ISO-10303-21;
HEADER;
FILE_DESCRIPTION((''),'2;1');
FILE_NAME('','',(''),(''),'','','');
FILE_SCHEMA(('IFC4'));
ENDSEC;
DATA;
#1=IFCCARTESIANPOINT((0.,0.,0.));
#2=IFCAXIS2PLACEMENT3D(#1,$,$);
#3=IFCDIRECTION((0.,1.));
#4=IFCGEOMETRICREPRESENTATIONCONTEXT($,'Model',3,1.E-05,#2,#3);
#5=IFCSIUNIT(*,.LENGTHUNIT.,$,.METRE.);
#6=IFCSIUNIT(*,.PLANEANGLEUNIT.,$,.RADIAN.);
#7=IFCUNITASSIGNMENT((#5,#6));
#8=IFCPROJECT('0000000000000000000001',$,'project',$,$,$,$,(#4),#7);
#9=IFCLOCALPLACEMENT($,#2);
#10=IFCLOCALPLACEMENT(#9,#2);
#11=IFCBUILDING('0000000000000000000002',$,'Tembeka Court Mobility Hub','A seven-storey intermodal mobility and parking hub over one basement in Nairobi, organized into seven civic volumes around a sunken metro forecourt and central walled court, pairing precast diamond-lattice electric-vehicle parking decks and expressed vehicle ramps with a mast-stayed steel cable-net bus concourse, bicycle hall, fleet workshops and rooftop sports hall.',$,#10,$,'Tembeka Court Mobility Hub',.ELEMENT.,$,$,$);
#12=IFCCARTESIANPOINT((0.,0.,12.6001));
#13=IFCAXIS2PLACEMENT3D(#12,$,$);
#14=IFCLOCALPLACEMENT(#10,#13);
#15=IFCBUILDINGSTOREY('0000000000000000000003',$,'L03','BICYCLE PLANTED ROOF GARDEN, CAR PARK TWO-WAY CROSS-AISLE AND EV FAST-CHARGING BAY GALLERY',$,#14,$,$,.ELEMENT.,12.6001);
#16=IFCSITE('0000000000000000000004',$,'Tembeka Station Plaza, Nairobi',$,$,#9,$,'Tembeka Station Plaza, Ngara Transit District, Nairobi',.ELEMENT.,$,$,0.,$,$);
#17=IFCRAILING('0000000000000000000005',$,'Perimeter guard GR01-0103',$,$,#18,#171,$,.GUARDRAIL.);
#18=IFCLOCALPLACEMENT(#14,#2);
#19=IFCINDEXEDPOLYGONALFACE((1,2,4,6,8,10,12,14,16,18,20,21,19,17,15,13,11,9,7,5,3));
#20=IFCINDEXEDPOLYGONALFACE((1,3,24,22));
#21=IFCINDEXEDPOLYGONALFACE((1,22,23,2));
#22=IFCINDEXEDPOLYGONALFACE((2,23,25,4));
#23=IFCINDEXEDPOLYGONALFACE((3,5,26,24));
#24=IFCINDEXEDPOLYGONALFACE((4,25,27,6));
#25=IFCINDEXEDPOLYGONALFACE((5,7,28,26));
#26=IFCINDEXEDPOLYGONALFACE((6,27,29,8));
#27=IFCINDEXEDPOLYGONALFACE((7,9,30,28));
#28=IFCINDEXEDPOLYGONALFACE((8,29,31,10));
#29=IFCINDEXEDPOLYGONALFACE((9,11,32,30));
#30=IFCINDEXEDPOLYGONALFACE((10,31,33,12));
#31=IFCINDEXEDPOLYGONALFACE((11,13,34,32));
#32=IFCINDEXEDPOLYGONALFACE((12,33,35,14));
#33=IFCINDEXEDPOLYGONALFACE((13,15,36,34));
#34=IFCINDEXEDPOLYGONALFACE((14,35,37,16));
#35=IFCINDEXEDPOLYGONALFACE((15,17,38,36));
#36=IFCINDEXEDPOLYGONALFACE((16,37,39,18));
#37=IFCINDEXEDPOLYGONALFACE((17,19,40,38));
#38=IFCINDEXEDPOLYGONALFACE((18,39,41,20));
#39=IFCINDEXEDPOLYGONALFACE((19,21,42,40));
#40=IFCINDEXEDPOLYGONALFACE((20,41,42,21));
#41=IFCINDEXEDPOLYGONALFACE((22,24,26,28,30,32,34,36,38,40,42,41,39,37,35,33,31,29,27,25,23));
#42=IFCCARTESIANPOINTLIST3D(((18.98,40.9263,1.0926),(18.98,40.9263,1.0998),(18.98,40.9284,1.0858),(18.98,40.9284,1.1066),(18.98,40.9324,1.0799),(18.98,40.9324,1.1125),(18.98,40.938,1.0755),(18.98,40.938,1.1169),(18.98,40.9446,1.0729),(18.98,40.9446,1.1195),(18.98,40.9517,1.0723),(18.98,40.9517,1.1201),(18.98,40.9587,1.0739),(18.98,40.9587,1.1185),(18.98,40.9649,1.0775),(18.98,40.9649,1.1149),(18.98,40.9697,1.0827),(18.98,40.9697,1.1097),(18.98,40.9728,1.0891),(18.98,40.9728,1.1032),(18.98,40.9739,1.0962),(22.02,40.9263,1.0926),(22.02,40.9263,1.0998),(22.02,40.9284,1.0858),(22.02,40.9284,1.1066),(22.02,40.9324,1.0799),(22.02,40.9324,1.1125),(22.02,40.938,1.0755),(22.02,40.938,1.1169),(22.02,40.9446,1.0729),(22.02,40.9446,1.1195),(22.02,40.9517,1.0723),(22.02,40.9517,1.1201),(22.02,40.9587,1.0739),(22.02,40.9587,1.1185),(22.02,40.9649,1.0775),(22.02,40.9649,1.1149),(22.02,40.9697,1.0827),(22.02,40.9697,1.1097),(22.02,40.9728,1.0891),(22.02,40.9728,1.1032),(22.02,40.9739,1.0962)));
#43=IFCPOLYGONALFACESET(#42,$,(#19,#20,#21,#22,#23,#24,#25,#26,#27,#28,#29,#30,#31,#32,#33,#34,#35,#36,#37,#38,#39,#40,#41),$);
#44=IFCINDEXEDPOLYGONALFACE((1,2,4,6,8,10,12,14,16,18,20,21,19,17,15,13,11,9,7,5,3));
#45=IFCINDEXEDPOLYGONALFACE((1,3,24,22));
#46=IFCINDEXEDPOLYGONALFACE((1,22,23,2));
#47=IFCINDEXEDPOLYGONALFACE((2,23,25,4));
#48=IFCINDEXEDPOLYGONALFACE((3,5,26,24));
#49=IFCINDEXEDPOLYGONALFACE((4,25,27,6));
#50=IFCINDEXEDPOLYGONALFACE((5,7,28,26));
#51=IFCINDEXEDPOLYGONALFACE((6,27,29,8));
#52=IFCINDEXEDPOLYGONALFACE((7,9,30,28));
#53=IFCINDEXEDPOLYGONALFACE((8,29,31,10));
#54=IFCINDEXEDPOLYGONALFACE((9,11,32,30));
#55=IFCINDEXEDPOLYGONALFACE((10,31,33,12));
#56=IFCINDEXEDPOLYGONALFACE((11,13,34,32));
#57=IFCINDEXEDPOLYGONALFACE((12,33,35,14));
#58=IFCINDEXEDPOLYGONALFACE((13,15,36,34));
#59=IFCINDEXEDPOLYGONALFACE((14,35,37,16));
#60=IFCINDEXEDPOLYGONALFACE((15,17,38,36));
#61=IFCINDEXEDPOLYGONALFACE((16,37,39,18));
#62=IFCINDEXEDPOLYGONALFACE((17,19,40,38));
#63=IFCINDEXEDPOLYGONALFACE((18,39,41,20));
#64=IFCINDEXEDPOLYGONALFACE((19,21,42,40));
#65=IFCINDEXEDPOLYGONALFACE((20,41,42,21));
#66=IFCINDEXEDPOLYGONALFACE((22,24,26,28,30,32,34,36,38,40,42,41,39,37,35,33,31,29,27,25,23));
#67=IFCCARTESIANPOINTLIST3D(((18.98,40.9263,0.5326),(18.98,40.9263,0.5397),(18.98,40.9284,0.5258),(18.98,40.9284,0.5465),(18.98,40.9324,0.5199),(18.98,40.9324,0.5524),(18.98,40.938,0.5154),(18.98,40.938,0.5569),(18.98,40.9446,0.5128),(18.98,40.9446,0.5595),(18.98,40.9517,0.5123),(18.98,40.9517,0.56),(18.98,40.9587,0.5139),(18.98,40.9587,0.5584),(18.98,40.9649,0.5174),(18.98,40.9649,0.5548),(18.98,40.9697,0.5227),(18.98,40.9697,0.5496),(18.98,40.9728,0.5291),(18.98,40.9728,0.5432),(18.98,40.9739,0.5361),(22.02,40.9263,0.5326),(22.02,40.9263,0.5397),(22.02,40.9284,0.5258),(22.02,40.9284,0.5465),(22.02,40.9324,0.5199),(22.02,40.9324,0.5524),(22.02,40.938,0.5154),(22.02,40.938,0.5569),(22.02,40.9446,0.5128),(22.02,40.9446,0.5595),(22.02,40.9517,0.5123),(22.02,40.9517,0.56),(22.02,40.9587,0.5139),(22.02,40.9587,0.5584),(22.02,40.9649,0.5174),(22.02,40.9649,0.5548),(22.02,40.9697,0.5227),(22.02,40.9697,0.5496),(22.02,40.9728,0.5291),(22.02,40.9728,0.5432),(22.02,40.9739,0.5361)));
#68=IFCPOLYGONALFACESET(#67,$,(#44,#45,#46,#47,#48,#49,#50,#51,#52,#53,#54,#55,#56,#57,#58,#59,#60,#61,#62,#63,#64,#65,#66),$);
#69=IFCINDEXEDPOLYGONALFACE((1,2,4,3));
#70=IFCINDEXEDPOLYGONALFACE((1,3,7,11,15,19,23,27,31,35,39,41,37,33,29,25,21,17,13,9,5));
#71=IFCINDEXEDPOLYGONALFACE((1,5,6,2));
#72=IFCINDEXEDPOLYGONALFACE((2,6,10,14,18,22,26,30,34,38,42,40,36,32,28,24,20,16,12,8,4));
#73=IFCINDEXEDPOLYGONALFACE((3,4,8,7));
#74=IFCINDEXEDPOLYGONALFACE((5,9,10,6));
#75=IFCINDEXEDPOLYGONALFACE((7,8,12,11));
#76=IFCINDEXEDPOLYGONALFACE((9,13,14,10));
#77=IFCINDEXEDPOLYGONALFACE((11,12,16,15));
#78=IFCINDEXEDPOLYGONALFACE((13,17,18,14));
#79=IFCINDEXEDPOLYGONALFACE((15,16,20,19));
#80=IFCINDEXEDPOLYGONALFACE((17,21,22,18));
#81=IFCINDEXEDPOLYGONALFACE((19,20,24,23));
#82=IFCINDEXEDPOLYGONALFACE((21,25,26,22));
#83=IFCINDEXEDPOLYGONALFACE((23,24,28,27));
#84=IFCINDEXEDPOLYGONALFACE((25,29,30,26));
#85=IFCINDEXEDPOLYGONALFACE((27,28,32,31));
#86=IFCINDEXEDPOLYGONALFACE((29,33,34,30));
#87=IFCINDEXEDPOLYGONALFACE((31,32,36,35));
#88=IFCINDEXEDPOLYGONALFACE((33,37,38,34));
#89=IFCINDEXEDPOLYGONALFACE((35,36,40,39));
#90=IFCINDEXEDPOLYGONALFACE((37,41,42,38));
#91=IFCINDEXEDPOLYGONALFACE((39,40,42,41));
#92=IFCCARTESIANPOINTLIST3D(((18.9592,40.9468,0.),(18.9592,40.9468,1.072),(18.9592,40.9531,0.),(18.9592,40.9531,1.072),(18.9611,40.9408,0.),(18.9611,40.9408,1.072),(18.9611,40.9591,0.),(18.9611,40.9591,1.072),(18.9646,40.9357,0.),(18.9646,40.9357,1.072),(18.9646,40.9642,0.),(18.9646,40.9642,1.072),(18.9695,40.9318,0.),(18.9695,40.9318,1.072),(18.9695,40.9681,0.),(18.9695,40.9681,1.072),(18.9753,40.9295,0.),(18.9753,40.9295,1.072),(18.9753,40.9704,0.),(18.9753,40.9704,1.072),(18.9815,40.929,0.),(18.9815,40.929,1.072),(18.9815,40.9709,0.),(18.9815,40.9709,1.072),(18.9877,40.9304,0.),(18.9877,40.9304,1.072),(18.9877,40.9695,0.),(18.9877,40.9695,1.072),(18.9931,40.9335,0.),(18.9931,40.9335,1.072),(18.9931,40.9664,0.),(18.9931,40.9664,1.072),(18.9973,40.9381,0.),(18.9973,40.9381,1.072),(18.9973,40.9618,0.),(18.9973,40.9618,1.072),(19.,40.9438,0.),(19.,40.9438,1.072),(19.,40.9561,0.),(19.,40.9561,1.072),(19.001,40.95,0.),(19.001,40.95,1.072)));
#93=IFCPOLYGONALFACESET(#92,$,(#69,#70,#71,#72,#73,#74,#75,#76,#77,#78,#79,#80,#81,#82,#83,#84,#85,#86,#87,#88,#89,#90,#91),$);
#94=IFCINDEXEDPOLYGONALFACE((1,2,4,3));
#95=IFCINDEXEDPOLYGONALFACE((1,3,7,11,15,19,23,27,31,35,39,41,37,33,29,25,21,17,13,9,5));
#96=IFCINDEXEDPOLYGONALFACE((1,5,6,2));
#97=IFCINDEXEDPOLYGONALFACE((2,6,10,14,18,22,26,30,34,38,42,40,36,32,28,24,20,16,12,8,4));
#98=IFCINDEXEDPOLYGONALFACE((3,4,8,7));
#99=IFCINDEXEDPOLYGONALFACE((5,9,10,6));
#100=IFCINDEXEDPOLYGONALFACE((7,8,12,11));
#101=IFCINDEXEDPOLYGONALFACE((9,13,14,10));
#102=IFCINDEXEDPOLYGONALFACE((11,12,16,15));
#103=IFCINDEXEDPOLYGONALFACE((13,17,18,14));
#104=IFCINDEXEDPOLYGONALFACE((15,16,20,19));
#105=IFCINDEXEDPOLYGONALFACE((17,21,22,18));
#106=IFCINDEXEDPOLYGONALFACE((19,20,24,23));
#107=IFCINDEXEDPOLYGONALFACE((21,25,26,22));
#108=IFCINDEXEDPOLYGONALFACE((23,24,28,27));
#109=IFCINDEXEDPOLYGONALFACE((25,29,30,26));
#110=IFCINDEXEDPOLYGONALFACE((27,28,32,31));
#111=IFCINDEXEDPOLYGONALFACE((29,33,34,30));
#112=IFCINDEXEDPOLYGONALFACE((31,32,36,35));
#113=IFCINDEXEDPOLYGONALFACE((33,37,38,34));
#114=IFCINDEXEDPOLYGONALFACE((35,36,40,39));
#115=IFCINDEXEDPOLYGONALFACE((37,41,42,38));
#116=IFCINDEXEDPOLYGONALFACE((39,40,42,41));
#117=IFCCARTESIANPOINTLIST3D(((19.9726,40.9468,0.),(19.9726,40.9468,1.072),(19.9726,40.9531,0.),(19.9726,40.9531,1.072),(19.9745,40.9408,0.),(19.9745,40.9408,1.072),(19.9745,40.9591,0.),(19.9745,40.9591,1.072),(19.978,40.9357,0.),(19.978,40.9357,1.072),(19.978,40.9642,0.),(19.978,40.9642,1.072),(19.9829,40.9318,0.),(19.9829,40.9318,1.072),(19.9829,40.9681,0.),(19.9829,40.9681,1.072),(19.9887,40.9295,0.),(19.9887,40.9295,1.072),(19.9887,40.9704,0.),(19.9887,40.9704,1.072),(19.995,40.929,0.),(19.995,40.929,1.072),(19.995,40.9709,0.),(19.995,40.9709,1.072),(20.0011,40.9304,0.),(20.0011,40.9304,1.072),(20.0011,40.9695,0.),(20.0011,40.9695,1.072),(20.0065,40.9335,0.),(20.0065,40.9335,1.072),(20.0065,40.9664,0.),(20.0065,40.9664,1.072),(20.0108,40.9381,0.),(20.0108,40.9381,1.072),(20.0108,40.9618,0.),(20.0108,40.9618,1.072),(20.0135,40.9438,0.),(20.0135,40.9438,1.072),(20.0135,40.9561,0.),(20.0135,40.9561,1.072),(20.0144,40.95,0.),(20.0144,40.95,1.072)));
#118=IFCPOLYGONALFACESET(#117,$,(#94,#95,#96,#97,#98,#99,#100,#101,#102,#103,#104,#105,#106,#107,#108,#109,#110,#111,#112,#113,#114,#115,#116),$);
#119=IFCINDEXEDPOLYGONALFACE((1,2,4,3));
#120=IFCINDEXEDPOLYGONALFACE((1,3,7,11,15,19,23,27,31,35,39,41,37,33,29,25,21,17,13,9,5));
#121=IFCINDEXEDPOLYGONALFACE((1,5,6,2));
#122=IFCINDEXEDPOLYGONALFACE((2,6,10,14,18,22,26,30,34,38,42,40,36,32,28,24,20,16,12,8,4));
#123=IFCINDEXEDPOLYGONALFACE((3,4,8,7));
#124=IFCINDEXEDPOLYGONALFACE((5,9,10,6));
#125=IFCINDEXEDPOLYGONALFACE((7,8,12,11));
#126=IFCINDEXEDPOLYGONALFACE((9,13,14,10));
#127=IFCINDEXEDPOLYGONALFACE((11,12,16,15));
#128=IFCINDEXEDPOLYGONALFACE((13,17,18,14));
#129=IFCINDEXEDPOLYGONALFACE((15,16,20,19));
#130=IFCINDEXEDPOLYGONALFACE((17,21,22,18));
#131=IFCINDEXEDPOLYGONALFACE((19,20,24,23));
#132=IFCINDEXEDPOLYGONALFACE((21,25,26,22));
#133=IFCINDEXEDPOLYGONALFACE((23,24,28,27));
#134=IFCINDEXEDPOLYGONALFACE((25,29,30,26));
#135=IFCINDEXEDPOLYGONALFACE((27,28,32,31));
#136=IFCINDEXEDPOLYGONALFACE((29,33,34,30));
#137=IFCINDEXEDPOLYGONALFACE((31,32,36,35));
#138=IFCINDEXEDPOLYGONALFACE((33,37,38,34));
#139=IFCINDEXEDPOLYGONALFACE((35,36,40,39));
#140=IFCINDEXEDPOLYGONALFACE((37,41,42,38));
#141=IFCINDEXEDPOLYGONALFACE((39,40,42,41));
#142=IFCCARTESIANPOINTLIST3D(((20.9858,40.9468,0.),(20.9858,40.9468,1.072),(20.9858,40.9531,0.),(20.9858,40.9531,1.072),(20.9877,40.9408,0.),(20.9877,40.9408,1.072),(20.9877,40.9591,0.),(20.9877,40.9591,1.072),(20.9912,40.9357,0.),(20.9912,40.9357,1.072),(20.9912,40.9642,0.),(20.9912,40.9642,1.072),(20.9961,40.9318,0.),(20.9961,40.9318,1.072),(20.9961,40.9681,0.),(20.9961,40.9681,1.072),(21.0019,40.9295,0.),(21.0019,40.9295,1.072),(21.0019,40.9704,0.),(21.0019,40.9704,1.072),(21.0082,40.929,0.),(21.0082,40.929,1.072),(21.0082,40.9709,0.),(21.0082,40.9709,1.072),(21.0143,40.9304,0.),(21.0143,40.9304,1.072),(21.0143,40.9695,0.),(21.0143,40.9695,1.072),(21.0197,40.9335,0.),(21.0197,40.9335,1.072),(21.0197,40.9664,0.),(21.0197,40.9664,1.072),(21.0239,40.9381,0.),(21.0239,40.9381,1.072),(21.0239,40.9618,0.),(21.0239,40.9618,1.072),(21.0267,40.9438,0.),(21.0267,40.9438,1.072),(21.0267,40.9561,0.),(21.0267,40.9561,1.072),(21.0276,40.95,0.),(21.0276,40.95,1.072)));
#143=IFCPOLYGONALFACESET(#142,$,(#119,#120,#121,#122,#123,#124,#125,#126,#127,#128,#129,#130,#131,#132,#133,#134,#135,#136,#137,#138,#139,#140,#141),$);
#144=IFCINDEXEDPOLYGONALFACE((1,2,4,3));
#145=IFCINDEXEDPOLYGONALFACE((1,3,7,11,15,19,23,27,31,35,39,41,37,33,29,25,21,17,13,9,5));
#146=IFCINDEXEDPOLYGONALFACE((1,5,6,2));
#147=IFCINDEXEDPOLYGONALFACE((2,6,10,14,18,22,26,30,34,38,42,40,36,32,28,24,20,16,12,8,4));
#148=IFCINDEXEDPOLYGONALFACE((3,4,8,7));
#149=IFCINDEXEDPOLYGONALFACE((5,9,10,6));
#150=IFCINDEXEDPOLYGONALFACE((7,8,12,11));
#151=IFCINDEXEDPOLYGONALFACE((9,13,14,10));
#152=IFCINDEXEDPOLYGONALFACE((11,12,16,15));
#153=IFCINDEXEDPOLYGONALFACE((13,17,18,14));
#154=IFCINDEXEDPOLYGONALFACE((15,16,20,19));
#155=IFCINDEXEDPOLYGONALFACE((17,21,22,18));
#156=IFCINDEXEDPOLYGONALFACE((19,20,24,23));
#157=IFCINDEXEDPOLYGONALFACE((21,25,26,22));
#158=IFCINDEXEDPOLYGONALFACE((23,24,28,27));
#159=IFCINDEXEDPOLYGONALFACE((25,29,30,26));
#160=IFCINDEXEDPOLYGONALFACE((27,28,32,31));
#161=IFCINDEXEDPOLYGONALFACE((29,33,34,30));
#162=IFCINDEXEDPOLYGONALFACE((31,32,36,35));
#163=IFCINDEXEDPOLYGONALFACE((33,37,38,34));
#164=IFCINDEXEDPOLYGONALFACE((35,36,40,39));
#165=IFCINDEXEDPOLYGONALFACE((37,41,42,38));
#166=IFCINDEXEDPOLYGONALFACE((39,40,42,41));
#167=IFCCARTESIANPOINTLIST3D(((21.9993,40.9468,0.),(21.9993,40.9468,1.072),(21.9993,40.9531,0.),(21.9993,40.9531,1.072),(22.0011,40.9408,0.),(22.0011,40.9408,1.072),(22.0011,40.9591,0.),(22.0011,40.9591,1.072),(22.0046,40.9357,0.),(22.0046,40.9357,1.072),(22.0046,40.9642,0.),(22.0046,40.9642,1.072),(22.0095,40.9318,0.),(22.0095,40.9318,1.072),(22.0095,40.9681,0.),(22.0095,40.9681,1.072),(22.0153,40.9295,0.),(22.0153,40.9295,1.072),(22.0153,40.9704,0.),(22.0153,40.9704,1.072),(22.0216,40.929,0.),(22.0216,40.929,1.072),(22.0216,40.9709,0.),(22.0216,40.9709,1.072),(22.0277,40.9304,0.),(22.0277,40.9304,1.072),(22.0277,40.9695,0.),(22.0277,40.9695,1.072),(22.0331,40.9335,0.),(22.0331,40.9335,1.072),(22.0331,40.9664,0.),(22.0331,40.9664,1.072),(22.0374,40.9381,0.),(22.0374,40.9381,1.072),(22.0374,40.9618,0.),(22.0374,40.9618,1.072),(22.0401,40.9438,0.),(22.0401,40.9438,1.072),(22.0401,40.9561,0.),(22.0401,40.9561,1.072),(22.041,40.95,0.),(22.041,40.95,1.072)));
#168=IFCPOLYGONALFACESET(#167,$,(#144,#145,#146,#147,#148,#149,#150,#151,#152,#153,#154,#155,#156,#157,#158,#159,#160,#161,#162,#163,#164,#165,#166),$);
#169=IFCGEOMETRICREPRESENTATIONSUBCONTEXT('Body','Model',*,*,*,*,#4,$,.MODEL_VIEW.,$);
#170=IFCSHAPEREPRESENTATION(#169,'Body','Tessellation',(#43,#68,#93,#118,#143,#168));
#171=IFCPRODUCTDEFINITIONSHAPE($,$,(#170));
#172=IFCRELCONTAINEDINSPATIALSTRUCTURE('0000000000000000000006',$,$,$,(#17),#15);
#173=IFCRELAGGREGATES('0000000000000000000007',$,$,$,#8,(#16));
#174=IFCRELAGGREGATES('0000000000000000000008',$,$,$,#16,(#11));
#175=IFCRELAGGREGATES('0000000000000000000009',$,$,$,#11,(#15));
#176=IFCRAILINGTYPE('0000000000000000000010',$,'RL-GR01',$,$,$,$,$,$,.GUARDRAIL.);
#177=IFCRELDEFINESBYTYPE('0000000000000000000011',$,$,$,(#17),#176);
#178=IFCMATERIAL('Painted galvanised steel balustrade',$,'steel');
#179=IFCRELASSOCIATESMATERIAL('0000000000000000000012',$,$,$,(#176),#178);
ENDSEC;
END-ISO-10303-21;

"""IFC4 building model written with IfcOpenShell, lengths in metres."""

from ifc_helpers import new_model, si_unit, direction, frame, origin, origin_2d, place, context, subcontext, project, spatial, circle, extrude, material, type_object, element, save


model = new_model("IFC4")

# Units and contexts
model_context = context("Model", 3, precision=1e-05, world=origin(), true_north=direction((0.0, 1.0)))
body_context = subcontext(model_context, "Body", "Model", "MODEL_VIEW")
ifc_project = project(units=[si_unit("LENGTHUNIT", "METRE"), si_unit("PLANEANGLEUNIT", "RADIAN")], contexts=[model_context])

# Site, building, storey
site_placement = place(None, origin())
site = spatial("IfcSite", under=ifc_project, at=site_placement, Name="Tembeka Station Plaza, Nairobi", LongName="Tembeka Station Plaza, Ngara Transit District, Nairobi", CompositionType="ELEMENT", RefElevation=0.0)
building_placement = place(site_placement, origin())
building = spatial("IfcBuilding", under=site, at=building_placement, Name="Tembeka Court Mobility Hub", Description="A seven-storey intermodal mobility and parking hub over one basement in Nairobi, organized into seven civic volumes around a sunken metro forecourt and central walled court, pairing precast diamond-lattice electric-vehicle parking decks and expressed vehicle ramps with a mast-stayed steel cable-net bus concourse, bicycle hall, fleet workshops and rooftop sports hall.", LongName="Tembeka Court Mobility Hub", CompositionType="ELEMENT")
storey_placement = place(building_placement, frame((0.0, 0.0, 12.6001)))
storey = spatial("IfcBuildingStorey", under=building, at=storey_placement, Name="L03", Description="BICYCLE PLANTED ROOF GARDEN, CAR PARK TWO-WAY CROSS-AISLE AND EV FAST-CHARGING BAY GALLERY", CompositionType="ELEMENT", Elevation=12.6001)

# Railing
ifc_material_1 = material(Name="Painted galvanised steel balustrade", Category="steel")
railing_type_1 = type_object("IfcRailingType", Name="RL-GR01", PredefinedType="GUARDRAIL", material=ifc_material_1)
railing_1_placement = place(storey_placement, frame((18.98, 40.95, 0.0)))
element("IfcRailing", 1, at=railing_1_placement, inside=storey, type_object=railing_type_1, Name="Perimeter guard GR01-0103", PredefinedType="GUARDRAIL", context=body_context, shape_type="SweptSolid", body=[
    extrude(circle(Radius=0.0239, at=origin_2d()), frame((0.0, 0.0, 1.0962), z_axis=(1.0, 0.0, 0.0), x_axis=(0.0, 1.0, 0.0)), (0.0, 0.0, 1.0), 3.04),
    extrude(circle(Radius=0.0239, at=origin_2d()), frame((0.0, 0.0, 0.5361), z_axis=(1.0, 0.0, 0.0), x_axis=(0.0, 1.0, 0.0)), (0.0, 0.0, 1.0), 3.04),
    extrude(circle(Radius=0.021, at=origin_2d()), origin(), (0.0, 0.0, 1.0), 1.072),
    extrude(circle(Radius=0.021, at=origin_2d()), frame((1.0134, 0.0, 0.0)), (0.0, 0.0, 1.0), 1.072),
    extrude(circle(Radius=0.021, at=origin_2d()), frame((2.0266, 0.0, 0.0)), (0.0, 0.0, 1.0), 1.072),
    extrude(circle(Radius=0.021, at=origin_2d()), frame((3.04, 0.0, 0.0)), (0.0, 0.0, 1.0), 1.072),
])

save(model, "model.ifc")
